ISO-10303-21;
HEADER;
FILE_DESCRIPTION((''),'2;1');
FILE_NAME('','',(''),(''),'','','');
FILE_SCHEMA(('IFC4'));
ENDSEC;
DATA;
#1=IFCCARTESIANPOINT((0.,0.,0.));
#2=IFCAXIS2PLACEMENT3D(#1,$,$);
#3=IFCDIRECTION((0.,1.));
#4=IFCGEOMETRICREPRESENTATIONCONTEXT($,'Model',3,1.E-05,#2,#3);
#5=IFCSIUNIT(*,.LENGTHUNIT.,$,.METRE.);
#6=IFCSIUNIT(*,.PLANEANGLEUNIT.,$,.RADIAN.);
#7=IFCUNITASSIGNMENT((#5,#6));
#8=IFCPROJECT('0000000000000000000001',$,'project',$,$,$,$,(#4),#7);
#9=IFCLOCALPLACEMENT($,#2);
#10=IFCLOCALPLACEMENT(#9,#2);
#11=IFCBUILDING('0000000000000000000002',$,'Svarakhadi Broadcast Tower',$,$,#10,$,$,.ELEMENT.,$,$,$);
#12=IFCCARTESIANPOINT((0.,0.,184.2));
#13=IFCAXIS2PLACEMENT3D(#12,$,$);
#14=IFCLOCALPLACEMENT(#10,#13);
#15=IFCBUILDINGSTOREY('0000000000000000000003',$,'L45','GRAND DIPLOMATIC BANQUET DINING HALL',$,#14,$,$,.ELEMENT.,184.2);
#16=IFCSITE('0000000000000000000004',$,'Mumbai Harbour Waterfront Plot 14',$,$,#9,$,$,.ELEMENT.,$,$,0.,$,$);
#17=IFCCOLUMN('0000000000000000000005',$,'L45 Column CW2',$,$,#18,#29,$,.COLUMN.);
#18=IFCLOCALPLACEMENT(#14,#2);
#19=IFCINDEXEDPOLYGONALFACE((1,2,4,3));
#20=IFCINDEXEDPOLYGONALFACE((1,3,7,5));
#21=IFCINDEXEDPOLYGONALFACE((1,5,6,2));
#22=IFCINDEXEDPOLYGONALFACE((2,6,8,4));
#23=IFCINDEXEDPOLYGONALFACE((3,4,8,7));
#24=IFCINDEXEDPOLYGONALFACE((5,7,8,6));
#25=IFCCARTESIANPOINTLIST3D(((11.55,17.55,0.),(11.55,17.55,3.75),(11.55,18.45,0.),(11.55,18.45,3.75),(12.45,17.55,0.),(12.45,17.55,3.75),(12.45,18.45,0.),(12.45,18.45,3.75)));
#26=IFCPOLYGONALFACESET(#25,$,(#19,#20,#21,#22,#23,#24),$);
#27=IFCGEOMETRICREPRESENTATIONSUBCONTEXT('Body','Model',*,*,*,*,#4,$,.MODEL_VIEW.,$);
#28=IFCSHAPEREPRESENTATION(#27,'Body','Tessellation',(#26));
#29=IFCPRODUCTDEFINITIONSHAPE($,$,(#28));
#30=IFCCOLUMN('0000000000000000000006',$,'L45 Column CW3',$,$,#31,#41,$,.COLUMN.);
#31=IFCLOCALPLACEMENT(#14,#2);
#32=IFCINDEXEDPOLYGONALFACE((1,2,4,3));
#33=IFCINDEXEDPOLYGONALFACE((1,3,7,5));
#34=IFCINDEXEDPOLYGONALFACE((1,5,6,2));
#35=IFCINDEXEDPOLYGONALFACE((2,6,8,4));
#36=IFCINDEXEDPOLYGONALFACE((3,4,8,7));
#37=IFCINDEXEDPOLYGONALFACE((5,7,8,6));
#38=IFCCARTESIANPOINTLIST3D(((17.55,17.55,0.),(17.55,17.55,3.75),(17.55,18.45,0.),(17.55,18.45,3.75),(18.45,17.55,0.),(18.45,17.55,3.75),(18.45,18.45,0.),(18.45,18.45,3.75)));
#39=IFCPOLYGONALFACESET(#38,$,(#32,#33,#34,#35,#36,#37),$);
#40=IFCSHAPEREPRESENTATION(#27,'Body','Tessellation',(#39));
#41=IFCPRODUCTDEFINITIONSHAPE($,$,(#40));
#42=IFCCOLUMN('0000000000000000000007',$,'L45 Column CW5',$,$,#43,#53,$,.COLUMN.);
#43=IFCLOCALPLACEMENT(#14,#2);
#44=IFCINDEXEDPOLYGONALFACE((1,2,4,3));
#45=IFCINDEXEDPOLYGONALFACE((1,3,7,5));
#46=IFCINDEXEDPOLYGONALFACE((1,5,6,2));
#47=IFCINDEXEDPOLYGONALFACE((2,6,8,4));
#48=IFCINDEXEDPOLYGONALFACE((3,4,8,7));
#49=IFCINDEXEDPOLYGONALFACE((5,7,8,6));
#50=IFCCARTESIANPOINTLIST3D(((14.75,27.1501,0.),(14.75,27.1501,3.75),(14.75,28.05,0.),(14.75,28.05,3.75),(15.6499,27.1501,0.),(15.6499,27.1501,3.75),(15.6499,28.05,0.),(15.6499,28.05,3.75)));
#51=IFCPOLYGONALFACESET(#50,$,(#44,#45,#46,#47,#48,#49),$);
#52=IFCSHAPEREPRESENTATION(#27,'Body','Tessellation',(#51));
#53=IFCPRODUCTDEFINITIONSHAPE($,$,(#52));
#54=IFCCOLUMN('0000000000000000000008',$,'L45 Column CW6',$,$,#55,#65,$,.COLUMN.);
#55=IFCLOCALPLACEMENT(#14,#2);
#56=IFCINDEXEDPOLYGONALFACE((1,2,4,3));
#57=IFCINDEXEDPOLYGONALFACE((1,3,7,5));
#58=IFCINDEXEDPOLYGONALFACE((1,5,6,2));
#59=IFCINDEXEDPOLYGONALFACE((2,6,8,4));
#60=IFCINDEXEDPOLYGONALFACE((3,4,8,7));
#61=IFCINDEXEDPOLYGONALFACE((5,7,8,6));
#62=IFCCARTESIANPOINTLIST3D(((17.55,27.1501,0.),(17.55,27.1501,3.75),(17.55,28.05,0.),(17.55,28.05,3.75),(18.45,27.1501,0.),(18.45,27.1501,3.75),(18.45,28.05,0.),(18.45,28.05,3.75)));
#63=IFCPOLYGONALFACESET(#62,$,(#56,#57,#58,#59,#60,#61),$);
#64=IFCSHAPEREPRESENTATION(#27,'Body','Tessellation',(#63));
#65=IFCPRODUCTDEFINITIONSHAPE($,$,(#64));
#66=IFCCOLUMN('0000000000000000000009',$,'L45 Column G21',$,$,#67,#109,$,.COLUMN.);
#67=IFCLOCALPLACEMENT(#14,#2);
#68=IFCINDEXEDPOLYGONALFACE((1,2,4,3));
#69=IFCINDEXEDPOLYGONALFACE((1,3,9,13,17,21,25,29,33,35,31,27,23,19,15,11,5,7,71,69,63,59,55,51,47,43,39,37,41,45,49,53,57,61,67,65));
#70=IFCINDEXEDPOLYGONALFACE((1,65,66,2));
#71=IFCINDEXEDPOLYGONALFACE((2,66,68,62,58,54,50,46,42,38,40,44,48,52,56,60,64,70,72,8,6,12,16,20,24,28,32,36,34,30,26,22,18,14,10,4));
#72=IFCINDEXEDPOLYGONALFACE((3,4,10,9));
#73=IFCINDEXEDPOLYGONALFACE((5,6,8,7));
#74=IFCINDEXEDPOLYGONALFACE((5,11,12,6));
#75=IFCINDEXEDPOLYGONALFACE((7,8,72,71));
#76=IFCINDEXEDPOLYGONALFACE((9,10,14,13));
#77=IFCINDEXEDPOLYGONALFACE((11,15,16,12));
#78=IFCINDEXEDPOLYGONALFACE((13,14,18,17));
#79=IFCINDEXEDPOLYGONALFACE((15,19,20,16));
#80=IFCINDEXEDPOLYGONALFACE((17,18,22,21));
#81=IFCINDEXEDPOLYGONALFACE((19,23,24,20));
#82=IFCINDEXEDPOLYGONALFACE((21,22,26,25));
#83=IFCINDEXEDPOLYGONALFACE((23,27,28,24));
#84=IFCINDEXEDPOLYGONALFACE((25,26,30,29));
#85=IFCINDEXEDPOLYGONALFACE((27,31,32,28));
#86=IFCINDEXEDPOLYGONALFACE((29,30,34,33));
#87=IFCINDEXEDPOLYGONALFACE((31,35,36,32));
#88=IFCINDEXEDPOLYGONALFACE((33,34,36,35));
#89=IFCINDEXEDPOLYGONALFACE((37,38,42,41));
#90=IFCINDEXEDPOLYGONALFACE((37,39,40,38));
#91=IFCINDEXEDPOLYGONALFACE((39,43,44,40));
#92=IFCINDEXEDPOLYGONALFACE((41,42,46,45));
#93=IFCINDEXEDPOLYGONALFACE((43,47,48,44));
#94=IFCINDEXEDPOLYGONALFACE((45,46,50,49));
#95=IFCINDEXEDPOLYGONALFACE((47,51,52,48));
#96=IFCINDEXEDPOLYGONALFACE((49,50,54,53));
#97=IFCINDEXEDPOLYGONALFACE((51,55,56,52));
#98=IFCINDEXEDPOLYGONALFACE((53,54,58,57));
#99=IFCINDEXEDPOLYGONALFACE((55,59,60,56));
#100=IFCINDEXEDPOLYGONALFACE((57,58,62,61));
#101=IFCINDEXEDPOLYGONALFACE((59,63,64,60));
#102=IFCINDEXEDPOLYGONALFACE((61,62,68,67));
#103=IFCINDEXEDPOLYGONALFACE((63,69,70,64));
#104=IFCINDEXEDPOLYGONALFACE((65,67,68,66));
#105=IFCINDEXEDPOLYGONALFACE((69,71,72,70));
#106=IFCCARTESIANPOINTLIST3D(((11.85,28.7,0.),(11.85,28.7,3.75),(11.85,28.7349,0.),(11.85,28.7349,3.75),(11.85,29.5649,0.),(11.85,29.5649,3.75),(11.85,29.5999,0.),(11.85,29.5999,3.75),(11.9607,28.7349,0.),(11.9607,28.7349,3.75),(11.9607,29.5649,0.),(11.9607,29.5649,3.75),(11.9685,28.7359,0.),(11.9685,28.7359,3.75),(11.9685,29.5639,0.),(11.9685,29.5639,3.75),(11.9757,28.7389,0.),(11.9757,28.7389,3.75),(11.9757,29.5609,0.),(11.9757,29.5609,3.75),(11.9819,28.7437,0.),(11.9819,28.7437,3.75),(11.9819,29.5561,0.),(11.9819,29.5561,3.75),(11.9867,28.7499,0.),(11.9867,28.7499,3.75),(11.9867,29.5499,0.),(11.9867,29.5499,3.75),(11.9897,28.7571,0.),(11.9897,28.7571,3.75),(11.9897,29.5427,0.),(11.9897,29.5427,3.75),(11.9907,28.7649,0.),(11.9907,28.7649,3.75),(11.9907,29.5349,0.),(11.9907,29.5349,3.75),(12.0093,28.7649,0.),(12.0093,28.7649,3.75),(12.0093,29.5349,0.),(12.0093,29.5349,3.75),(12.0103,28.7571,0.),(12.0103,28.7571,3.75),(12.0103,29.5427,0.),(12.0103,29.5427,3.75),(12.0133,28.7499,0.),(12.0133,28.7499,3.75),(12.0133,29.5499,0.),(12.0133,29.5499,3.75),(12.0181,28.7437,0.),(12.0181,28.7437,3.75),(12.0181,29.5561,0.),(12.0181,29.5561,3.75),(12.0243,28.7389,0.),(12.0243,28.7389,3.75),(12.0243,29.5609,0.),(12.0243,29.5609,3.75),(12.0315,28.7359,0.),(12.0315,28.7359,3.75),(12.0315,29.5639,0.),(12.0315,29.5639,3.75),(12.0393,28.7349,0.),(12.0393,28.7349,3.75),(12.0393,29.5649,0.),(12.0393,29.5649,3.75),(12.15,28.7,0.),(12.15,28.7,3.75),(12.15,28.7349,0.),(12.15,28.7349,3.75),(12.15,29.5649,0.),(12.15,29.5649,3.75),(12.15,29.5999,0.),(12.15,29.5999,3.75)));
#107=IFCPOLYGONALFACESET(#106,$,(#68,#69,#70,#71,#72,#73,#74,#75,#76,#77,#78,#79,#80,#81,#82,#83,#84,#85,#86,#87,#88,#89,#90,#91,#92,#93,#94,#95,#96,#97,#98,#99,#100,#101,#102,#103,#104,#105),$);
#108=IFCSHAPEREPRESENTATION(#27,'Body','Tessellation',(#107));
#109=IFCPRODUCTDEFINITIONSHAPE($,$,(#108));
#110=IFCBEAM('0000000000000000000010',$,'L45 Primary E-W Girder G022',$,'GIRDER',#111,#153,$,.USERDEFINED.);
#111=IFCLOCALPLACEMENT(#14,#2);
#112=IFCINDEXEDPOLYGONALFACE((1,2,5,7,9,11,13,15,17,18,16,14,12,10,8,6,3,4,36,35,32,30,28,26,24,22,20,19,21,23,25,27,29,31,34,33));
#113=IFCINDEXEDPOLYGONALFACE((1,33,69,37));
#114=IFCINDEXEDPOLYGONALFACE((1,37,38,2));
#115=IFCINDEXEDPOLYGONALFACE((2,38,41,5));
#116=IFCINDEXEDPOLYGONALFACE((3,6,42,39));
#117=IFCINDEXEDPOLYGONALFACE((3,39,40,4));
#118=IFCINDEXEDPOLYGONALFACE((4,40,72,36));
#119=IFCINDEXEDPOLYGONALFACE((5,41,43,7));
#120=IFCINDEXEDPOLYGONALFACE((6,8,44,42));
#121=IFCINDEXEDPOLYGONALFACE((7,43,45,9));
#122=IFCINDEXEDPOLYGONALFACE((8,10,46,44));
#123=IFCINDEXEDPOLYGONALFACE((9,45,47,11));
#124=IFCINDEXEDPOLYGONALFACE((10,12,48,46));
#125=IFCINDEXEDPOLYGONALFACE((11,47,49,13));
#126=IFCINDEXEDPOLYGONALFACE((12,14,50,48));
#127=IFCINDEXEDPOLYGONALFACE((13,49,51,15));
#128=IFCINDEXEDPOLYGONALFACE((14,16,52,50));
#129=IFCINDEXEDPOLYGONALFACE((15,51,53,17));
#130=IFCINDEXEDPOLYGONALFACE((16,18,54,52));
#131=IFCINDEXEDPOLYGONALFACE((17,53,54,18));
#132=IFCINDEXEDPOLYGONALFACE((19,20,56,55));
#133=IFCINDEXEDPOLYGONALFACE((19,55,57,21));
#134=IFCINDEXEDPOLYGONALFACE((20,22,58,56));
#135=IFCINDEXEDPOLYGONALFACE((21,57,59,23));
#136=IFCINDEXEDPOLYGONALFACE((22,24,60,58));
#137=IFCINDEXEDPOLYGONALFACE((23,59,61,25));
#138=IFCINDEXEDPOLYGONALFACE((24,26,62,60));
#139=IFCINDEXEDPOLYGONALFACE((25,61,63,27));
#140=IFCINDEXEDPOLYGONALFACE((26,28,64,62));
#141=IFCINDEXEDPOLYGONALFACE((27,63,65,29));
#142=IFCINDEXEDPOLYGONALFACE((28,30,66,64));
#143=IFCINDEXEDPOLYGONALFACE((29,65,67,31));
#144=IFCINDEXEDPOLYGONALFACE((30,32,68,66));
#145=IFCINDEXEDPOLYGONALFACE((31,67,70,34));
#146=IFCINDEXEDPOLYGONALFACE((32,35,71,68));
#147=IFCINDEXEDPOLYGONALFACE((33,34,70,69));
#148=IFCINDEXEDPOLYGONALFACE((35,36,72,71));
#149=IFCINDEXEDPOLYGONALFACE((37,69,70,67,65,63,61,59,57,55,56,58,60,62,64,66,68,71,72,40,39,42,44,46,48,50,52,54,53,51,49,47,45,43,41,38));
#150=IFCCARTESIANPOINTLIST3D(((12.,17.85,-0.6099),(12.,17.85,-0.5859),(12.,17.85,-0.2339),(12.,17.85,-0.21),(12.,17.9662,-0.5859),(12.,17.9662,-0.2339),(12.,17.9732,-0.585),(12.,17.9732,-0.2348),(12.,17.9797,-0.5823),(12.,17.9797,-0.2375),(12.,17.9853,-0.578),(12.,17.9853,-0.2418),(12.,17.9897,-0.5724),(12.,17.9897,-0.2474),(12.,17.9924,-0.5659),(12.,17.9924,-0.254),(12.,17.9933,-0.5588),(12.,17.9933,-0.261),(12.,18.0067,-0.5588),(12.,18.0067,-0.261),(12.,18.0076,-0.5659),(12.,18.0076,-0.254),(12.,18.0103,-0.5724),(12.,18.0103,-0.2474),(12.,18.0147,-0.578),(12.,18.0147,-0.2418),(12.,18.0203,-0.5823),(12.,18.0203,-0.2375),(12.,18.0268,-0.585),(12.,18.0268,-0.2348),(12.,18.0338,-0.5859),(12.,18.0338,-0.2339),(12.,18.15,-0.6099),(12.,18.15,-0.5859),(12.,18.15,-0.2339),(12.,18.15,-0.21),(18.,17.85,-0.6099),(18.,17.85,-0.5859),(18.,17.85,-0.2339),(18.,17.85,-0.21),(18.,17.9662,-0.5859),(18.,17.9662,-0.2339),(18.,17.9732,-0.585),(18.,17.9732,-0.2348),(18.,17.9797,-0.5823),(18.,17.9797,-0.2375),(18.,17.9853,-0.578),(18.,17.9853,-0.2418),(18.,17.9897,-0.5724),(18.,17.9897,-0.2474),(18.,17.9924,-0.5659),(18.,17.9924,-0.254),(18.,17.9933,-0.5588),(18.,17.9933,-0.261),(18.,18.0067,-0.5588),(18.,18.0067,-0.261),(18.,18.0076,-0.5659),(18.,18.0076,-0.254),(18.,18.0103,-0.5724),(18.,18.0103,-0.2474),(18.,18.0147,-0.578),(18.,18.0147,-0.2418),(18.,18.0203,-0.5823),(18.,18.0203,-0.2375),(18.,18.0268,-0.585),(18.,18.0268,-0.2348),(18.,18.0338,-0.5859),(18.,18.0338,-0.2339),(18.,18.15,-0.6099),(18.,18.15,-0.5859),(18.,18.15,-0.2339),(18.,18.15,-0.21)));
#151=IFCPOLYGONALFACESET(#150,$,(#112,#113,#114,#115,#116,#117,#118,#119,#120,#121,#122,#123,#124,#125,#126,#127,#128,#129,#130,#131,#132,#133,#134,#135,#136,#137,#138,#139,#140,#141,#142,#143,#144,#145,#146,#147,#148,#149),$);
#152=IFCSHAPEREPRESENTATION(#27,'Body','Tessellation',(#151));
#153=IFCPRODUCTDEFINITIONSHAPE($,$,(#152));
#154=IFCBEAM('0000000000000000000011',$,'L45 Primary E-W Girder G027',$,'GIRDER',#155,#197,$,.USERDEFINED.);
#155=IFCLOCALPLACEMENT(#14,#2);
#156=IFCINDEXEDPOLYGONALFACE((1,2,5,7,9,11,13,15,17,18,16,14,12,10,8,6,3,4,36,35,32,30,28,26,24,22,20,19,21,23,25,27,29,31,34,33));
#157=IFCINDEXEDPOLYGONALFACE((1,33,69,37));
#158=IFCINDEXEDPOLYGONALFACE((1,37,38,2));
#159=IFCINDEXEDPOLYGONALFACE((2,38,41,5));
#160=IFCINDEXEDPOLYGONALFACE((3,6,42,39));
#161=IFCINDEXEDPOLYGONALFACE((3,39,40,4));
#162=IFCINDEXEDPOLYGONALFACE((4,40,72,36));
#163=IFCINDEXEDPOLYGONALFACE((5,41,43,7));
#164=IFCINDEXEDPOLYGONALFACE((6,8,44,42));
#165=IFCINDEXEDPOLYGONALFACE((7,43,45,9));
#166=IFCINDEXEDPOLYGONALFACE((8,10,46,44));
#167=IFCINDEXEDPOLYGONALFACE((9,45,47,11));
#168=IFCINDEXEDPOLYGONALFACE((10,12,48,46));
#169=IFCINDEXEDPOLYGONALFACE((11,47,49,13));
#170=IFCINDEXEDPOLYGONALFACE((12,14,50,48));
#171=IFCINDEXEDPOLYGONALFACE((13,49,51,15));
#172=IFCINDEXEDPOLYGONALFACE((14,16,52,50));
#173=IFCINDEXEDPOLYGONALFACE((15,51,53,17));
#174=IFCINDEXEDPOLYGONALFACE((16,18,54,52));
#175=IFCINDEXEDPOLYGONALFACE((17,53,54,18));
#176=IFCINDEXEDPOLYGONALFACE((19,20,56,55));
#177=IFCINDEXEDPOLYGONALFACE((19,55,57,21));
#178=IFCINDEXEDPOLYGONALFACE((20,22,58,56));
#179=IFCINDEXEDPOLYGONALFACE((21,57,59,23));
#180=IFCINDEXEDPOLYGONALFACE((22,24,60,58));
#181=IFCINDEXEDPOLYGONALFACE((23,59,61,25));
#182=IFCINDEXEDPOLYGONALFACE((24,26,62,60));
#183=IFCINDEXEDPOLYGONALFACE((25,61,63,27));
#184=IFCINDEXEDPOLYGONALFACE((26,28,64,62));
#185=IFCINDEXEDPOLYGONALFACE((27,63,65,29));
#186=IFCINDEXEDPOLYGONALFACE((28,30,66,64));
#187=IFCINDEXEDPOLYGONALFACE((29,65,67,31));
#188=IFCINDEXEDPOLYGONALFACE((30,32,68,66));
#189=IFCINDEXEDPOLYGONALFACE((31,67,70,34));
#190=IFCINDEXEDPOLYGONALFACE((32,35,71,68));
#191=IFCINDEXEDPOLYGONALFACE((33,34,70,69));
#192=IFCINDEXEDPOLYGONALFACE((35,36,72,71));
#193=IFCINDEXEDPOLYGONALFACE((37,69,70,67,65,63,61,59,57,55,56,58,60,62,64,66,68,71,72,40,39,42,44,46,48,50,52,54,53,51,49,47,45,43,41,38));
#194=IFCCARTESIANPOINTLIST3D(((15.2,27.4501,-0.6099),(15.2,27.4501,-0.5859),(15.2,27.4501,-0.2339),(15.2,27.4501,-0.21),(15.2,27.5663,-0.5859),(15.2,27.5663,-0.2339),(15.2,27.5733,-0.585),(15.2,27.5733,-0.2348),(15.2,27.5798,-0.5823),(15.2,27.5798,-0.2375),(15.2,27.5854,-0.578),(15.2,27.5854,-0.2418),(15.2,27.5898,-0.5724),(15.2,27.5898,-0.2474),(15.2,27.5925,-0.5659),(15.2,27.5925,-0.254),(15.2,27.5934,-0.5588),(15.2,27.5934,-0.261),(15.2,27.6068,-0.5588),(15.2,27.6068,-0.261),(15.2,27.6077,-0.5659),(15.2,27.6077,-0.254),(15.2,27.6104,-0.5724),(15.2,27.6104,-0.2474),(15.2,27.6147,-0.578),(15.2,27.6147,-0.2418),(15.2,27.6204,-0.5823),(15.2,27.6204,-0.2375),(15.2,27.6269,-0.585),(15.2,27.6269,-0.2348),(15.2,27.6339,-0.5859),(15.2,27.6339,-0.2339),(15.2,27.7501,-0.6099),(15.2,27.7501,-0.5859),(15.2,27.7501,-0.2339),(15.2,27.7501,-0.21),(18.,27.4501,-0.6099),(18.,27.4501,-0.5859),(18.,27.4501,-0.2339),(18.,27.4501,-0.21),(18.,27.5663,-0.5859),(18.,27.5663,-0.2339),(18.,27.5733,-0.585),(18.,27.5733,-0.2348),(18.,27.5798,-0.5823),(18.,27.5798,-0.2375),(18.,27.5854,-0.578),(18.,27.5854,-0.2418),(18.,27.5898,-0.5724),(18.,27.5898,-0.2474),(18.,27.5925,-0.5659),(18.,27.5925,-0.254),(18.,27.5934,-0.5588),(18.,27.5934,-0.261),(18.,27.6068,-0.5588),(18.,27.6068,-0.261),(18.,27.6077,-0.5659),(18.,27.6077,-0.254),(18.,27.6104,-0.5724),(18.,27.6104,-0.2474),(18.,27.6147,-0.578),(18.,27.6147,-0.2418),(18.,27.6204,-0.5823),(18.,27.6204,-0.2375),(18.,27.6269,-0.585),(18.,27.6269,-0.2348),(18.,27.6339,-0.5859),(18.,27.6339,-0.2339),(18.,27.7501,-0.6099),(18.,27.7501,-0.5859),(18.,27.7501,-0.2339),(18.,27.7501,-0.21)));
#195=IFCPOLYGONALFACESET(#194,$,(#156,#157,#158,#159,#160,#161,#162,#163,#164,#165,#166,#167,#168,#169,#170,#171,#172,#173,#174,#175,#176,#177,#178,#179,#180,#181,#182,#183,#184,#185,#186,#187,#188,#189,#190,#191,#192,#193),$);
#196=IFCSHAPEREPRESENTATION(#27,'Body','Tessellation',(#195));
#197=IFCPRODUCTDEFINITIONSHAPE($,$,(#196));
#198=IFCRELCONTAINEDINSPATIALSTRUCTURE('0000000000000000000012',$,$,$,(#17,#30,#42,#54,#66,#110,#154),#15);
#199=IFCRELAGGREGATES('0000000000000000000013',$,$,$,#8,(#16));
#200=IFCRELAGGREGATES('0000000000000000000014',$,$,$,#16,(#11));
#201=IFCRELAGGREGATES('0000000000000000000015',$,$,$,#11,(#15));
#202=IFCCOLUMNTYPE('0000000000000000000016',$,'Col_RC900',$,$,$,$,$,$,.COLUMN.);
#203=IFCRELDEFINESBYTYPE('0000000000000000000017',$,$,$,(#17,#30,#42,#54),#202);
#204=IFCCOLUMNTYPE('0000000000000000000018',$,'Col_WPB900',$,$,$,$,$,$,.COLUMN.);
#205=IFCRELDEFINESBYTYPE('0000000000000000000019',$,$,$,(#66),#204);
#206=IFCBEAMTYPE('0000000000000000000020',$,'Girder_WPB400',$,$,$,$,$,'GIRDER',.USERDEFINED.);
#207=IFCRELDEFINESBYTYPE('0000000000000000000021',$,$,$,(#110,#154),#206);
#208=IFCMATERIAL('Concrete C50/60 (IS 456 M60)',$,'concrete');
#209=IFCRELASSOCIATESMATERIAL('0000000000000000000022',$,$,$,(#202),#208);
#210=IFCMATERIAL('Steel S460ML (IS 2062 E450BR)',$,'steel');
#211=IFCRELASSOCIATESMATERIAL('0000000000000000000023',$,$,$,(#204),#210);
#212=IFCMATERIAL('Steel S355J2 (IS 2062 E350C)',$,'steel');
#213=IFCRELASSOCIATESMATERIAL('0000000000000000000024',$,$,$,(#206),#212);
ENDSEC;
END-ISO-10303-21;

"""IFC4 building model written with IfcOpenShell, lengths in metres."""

from ifc_helpers import new_model, si_unit, direction, frame, origin, origin_2d, place, context, subcontext, project, spatial, rectangle, i_section, extrude, material, material_profile, profile_set, type_object, element, save


model = new_model("IFC4")

# Units and contexts
model_context = context("Model", 3, precision=1e-05, world=origin(), true_north=direction((0.0, 1.0)))
body_context = subcontext(model_context, "Body", "Model", "MODEL_VIEW")
ifc_project = project(units=[si_unit("LENGTHUNIT", "METRE"), si_unit("PLANEANGLEUNIT", "RADIAN")], contexts=[model_context])

# Site, building, storey
site_placement = place(None, origin())
site = spatial("IfcSite", under=ifc_project, at=site_placement, Name="Mumbai Harbour Waterfront Plot 14", CompositionType="ELEMENT", RefElevation=0.0)
building_placement = place(site_placement, origin())
building = spatial("IfcBuilding", under=site, at=building_placement, Name="Svarakhadi Broadcast Tower", CompositionType="ELEMENT")
storey_placement = place(building_placement, frame((0.0, 0.0, 184.2)))
storey = spatial("IfcBuildingStorey", under=building, at=storey_placement, Name="L45", Description="GRAND DIPLOMATIC BANQUET DINING HALL", CompositionType="ELEMENT", Elevation=184.2)

# Columns
ifc_material_1 = material(Name="Concrete C50/60 (IS 456 M60)", Category="concrete")
ifc_material_profile_1 = material_profile(ifc_material_1, rectangle(XDim=0.8999, YDim=0.8999, at=origin_2d()), Name="RC 900x900")
ifc_profile_set_1 = profile_set([ifc_material_profile_1], Name="Concrete C50/60 (IS 456 M60)")
column_type_1 = type_object("IfcColumnType", Name="Col_RC900", PredefinedType="COLUMN", material=ifc_profile_set_1)
for number, where, z_axis, x_axis, name in (
    (1, (12.0, 18.0, 0.0), (0.0, 0.0, 1.0), (1.0, 0.0, 0.0), "L45 Column CW2"),
    (2, (18.0, 18.0, 0.0), (0.0, 0.0, 1.0), (1.0, 0.0, 0.0), "L45 Column CW3"),
    (3, (15.2, 27.6001, 0.0), (0.0, 0.0, 1.0), (1.0, 0.0, 0.0), "L45 Column CW5"),
    (4, (18.0, 27.6001, 0.0), (0.0, 0.0, 1.0), (1.0, 0.0, 0.0), "L45 Column CW6"),
):
    element("IfcColumn", number, at=place(storey_placement, frame(where, z_axis=z_axis, x_axis=x_axis)), inside=storey, type_object=column_type_1, Name=name, PredefinedType="COLUMN", context=body_context, shape_type="SweptSolid", body=[
        extrude(rectangle(XDim=0.8999, YDim=0.8999, at=origin_2d()), origin(), (0.0, 0.0, 1.0), 3.75),
    ])
ifc_material_2 = material(Name="Steel S460ML (IS 2062 E450BR)", Category="steel")
ifc_material_profile_2 = material_profile(ifc_material_2, i_section(OverallWidth=0.3, OverallDepth=0.8999, WebThickness=0.0186, FlangeThickness=0.0349, FilletRadius=0.03, at=origin_2d()), Name="WPB 900x300x291")
ifc_profile_set_2 = profile_set([ifc_material_profile_2], Name="Steel S460ML (IS 2062 E450BR)")
column_type_2 = type_object("IfcColumnType", Name="Col_WPB900", PredefinedType="COLUMN", material=ifc_profile_set_2)
column_placement = place(storey_placement, frame((12.0, 29.1499, 0.0), z_axis=(0.0, 0.0, 1.0), x_axis=(1.0, 0.0, 0.0)))
element("IfcColumn", 5, at=column_placement, inside=storey, type_object=column_type_2, Name="L45 Column G21", PredefinedType="COLUMN", context=body_context, shape_type="SweptSolid", body=[
    extrude(i_section(OverallWidth=0.3, OverallDepth=0.8999, WebThickness=0.0186, FlangeThickness=0.0349, FilletRadius=0.03, at=origin_2d()), origin(), (0.0, 0.0, 1.0), 3.75),
])

# Beams
ifc_material_3 = material(Name="Steel S355J2 (IS 2062 E350C)", Category="steel")
ifc_material_profile_3 = material_profile(ifc_material_3, i_section(OverallWidth=0.3, OverallDepth=0.3999, WebThickness=0.0134, FlangeThickness=0.0239, FilletRadius=0.0271, at=origin_2d()), Name="WPB 400x300x155")
ifc_profile_set_3 = profile_set([ifc_material_profile_3], Name="Steel S355J2 (IS 2062 E350C)")
beam_type = type_object("IfcBeamType", Name="Girder_WPB400", ElementType="GIRDER", PredefinedType="USERDEFINED", material=ifc_profile_set_3)
beam_1_placement = place(storey_placement, frame((12.0, 18.0, -0.4099), z_axis=(1.0, 0.0, 0.0), x_axis=(0.0, 1.0, 0.0)))
element("IfcBeam", 6, at=beam_1_placement, inside=storey, type_object=beam_type, Name="L45 Primary E-W Girder G022", ObjectType="GIRDER", PredefinedType="USERDEFINED", context=body_context, shape_type="SweptSolid", body=[
    extrude(i_section(OverallWidth=0.3, OverallDepth=0.3999, WebThickness=0.0134, FlangeThickness=0.0239, FilletRadius=0.0271, at=origin_2d()), origin(), (0.0, 0.0, 1.0), 6.0),
])
beam_2_placement = place(storey_placement, frame((15.2, 27.6001, -0.4099), z_axis=(1.0, 0.0, 0.0), x_axis=(0.0, 1.0, 0.0)))
element("IfcBeam", 7, at=beam_2_placement, inside=storey, type_object=beam_type, Name="L45 Primary E-W Girder G027", ObjectType="GIRDER", PredefinedType="USERDEFINED", context=body_context, shape_type="SweptSolid", body=[
    extrude(i_section(OverallWidth=0.3, OverallDepth=0.3999, WebThickness=0.0134, FlangeThickness=0.0239, FilletRadius=0.0271, at=origin_2d()), origin(), (0.0, 0.0, 1.0), 2.8),
])

save(model, "model.ifc")
